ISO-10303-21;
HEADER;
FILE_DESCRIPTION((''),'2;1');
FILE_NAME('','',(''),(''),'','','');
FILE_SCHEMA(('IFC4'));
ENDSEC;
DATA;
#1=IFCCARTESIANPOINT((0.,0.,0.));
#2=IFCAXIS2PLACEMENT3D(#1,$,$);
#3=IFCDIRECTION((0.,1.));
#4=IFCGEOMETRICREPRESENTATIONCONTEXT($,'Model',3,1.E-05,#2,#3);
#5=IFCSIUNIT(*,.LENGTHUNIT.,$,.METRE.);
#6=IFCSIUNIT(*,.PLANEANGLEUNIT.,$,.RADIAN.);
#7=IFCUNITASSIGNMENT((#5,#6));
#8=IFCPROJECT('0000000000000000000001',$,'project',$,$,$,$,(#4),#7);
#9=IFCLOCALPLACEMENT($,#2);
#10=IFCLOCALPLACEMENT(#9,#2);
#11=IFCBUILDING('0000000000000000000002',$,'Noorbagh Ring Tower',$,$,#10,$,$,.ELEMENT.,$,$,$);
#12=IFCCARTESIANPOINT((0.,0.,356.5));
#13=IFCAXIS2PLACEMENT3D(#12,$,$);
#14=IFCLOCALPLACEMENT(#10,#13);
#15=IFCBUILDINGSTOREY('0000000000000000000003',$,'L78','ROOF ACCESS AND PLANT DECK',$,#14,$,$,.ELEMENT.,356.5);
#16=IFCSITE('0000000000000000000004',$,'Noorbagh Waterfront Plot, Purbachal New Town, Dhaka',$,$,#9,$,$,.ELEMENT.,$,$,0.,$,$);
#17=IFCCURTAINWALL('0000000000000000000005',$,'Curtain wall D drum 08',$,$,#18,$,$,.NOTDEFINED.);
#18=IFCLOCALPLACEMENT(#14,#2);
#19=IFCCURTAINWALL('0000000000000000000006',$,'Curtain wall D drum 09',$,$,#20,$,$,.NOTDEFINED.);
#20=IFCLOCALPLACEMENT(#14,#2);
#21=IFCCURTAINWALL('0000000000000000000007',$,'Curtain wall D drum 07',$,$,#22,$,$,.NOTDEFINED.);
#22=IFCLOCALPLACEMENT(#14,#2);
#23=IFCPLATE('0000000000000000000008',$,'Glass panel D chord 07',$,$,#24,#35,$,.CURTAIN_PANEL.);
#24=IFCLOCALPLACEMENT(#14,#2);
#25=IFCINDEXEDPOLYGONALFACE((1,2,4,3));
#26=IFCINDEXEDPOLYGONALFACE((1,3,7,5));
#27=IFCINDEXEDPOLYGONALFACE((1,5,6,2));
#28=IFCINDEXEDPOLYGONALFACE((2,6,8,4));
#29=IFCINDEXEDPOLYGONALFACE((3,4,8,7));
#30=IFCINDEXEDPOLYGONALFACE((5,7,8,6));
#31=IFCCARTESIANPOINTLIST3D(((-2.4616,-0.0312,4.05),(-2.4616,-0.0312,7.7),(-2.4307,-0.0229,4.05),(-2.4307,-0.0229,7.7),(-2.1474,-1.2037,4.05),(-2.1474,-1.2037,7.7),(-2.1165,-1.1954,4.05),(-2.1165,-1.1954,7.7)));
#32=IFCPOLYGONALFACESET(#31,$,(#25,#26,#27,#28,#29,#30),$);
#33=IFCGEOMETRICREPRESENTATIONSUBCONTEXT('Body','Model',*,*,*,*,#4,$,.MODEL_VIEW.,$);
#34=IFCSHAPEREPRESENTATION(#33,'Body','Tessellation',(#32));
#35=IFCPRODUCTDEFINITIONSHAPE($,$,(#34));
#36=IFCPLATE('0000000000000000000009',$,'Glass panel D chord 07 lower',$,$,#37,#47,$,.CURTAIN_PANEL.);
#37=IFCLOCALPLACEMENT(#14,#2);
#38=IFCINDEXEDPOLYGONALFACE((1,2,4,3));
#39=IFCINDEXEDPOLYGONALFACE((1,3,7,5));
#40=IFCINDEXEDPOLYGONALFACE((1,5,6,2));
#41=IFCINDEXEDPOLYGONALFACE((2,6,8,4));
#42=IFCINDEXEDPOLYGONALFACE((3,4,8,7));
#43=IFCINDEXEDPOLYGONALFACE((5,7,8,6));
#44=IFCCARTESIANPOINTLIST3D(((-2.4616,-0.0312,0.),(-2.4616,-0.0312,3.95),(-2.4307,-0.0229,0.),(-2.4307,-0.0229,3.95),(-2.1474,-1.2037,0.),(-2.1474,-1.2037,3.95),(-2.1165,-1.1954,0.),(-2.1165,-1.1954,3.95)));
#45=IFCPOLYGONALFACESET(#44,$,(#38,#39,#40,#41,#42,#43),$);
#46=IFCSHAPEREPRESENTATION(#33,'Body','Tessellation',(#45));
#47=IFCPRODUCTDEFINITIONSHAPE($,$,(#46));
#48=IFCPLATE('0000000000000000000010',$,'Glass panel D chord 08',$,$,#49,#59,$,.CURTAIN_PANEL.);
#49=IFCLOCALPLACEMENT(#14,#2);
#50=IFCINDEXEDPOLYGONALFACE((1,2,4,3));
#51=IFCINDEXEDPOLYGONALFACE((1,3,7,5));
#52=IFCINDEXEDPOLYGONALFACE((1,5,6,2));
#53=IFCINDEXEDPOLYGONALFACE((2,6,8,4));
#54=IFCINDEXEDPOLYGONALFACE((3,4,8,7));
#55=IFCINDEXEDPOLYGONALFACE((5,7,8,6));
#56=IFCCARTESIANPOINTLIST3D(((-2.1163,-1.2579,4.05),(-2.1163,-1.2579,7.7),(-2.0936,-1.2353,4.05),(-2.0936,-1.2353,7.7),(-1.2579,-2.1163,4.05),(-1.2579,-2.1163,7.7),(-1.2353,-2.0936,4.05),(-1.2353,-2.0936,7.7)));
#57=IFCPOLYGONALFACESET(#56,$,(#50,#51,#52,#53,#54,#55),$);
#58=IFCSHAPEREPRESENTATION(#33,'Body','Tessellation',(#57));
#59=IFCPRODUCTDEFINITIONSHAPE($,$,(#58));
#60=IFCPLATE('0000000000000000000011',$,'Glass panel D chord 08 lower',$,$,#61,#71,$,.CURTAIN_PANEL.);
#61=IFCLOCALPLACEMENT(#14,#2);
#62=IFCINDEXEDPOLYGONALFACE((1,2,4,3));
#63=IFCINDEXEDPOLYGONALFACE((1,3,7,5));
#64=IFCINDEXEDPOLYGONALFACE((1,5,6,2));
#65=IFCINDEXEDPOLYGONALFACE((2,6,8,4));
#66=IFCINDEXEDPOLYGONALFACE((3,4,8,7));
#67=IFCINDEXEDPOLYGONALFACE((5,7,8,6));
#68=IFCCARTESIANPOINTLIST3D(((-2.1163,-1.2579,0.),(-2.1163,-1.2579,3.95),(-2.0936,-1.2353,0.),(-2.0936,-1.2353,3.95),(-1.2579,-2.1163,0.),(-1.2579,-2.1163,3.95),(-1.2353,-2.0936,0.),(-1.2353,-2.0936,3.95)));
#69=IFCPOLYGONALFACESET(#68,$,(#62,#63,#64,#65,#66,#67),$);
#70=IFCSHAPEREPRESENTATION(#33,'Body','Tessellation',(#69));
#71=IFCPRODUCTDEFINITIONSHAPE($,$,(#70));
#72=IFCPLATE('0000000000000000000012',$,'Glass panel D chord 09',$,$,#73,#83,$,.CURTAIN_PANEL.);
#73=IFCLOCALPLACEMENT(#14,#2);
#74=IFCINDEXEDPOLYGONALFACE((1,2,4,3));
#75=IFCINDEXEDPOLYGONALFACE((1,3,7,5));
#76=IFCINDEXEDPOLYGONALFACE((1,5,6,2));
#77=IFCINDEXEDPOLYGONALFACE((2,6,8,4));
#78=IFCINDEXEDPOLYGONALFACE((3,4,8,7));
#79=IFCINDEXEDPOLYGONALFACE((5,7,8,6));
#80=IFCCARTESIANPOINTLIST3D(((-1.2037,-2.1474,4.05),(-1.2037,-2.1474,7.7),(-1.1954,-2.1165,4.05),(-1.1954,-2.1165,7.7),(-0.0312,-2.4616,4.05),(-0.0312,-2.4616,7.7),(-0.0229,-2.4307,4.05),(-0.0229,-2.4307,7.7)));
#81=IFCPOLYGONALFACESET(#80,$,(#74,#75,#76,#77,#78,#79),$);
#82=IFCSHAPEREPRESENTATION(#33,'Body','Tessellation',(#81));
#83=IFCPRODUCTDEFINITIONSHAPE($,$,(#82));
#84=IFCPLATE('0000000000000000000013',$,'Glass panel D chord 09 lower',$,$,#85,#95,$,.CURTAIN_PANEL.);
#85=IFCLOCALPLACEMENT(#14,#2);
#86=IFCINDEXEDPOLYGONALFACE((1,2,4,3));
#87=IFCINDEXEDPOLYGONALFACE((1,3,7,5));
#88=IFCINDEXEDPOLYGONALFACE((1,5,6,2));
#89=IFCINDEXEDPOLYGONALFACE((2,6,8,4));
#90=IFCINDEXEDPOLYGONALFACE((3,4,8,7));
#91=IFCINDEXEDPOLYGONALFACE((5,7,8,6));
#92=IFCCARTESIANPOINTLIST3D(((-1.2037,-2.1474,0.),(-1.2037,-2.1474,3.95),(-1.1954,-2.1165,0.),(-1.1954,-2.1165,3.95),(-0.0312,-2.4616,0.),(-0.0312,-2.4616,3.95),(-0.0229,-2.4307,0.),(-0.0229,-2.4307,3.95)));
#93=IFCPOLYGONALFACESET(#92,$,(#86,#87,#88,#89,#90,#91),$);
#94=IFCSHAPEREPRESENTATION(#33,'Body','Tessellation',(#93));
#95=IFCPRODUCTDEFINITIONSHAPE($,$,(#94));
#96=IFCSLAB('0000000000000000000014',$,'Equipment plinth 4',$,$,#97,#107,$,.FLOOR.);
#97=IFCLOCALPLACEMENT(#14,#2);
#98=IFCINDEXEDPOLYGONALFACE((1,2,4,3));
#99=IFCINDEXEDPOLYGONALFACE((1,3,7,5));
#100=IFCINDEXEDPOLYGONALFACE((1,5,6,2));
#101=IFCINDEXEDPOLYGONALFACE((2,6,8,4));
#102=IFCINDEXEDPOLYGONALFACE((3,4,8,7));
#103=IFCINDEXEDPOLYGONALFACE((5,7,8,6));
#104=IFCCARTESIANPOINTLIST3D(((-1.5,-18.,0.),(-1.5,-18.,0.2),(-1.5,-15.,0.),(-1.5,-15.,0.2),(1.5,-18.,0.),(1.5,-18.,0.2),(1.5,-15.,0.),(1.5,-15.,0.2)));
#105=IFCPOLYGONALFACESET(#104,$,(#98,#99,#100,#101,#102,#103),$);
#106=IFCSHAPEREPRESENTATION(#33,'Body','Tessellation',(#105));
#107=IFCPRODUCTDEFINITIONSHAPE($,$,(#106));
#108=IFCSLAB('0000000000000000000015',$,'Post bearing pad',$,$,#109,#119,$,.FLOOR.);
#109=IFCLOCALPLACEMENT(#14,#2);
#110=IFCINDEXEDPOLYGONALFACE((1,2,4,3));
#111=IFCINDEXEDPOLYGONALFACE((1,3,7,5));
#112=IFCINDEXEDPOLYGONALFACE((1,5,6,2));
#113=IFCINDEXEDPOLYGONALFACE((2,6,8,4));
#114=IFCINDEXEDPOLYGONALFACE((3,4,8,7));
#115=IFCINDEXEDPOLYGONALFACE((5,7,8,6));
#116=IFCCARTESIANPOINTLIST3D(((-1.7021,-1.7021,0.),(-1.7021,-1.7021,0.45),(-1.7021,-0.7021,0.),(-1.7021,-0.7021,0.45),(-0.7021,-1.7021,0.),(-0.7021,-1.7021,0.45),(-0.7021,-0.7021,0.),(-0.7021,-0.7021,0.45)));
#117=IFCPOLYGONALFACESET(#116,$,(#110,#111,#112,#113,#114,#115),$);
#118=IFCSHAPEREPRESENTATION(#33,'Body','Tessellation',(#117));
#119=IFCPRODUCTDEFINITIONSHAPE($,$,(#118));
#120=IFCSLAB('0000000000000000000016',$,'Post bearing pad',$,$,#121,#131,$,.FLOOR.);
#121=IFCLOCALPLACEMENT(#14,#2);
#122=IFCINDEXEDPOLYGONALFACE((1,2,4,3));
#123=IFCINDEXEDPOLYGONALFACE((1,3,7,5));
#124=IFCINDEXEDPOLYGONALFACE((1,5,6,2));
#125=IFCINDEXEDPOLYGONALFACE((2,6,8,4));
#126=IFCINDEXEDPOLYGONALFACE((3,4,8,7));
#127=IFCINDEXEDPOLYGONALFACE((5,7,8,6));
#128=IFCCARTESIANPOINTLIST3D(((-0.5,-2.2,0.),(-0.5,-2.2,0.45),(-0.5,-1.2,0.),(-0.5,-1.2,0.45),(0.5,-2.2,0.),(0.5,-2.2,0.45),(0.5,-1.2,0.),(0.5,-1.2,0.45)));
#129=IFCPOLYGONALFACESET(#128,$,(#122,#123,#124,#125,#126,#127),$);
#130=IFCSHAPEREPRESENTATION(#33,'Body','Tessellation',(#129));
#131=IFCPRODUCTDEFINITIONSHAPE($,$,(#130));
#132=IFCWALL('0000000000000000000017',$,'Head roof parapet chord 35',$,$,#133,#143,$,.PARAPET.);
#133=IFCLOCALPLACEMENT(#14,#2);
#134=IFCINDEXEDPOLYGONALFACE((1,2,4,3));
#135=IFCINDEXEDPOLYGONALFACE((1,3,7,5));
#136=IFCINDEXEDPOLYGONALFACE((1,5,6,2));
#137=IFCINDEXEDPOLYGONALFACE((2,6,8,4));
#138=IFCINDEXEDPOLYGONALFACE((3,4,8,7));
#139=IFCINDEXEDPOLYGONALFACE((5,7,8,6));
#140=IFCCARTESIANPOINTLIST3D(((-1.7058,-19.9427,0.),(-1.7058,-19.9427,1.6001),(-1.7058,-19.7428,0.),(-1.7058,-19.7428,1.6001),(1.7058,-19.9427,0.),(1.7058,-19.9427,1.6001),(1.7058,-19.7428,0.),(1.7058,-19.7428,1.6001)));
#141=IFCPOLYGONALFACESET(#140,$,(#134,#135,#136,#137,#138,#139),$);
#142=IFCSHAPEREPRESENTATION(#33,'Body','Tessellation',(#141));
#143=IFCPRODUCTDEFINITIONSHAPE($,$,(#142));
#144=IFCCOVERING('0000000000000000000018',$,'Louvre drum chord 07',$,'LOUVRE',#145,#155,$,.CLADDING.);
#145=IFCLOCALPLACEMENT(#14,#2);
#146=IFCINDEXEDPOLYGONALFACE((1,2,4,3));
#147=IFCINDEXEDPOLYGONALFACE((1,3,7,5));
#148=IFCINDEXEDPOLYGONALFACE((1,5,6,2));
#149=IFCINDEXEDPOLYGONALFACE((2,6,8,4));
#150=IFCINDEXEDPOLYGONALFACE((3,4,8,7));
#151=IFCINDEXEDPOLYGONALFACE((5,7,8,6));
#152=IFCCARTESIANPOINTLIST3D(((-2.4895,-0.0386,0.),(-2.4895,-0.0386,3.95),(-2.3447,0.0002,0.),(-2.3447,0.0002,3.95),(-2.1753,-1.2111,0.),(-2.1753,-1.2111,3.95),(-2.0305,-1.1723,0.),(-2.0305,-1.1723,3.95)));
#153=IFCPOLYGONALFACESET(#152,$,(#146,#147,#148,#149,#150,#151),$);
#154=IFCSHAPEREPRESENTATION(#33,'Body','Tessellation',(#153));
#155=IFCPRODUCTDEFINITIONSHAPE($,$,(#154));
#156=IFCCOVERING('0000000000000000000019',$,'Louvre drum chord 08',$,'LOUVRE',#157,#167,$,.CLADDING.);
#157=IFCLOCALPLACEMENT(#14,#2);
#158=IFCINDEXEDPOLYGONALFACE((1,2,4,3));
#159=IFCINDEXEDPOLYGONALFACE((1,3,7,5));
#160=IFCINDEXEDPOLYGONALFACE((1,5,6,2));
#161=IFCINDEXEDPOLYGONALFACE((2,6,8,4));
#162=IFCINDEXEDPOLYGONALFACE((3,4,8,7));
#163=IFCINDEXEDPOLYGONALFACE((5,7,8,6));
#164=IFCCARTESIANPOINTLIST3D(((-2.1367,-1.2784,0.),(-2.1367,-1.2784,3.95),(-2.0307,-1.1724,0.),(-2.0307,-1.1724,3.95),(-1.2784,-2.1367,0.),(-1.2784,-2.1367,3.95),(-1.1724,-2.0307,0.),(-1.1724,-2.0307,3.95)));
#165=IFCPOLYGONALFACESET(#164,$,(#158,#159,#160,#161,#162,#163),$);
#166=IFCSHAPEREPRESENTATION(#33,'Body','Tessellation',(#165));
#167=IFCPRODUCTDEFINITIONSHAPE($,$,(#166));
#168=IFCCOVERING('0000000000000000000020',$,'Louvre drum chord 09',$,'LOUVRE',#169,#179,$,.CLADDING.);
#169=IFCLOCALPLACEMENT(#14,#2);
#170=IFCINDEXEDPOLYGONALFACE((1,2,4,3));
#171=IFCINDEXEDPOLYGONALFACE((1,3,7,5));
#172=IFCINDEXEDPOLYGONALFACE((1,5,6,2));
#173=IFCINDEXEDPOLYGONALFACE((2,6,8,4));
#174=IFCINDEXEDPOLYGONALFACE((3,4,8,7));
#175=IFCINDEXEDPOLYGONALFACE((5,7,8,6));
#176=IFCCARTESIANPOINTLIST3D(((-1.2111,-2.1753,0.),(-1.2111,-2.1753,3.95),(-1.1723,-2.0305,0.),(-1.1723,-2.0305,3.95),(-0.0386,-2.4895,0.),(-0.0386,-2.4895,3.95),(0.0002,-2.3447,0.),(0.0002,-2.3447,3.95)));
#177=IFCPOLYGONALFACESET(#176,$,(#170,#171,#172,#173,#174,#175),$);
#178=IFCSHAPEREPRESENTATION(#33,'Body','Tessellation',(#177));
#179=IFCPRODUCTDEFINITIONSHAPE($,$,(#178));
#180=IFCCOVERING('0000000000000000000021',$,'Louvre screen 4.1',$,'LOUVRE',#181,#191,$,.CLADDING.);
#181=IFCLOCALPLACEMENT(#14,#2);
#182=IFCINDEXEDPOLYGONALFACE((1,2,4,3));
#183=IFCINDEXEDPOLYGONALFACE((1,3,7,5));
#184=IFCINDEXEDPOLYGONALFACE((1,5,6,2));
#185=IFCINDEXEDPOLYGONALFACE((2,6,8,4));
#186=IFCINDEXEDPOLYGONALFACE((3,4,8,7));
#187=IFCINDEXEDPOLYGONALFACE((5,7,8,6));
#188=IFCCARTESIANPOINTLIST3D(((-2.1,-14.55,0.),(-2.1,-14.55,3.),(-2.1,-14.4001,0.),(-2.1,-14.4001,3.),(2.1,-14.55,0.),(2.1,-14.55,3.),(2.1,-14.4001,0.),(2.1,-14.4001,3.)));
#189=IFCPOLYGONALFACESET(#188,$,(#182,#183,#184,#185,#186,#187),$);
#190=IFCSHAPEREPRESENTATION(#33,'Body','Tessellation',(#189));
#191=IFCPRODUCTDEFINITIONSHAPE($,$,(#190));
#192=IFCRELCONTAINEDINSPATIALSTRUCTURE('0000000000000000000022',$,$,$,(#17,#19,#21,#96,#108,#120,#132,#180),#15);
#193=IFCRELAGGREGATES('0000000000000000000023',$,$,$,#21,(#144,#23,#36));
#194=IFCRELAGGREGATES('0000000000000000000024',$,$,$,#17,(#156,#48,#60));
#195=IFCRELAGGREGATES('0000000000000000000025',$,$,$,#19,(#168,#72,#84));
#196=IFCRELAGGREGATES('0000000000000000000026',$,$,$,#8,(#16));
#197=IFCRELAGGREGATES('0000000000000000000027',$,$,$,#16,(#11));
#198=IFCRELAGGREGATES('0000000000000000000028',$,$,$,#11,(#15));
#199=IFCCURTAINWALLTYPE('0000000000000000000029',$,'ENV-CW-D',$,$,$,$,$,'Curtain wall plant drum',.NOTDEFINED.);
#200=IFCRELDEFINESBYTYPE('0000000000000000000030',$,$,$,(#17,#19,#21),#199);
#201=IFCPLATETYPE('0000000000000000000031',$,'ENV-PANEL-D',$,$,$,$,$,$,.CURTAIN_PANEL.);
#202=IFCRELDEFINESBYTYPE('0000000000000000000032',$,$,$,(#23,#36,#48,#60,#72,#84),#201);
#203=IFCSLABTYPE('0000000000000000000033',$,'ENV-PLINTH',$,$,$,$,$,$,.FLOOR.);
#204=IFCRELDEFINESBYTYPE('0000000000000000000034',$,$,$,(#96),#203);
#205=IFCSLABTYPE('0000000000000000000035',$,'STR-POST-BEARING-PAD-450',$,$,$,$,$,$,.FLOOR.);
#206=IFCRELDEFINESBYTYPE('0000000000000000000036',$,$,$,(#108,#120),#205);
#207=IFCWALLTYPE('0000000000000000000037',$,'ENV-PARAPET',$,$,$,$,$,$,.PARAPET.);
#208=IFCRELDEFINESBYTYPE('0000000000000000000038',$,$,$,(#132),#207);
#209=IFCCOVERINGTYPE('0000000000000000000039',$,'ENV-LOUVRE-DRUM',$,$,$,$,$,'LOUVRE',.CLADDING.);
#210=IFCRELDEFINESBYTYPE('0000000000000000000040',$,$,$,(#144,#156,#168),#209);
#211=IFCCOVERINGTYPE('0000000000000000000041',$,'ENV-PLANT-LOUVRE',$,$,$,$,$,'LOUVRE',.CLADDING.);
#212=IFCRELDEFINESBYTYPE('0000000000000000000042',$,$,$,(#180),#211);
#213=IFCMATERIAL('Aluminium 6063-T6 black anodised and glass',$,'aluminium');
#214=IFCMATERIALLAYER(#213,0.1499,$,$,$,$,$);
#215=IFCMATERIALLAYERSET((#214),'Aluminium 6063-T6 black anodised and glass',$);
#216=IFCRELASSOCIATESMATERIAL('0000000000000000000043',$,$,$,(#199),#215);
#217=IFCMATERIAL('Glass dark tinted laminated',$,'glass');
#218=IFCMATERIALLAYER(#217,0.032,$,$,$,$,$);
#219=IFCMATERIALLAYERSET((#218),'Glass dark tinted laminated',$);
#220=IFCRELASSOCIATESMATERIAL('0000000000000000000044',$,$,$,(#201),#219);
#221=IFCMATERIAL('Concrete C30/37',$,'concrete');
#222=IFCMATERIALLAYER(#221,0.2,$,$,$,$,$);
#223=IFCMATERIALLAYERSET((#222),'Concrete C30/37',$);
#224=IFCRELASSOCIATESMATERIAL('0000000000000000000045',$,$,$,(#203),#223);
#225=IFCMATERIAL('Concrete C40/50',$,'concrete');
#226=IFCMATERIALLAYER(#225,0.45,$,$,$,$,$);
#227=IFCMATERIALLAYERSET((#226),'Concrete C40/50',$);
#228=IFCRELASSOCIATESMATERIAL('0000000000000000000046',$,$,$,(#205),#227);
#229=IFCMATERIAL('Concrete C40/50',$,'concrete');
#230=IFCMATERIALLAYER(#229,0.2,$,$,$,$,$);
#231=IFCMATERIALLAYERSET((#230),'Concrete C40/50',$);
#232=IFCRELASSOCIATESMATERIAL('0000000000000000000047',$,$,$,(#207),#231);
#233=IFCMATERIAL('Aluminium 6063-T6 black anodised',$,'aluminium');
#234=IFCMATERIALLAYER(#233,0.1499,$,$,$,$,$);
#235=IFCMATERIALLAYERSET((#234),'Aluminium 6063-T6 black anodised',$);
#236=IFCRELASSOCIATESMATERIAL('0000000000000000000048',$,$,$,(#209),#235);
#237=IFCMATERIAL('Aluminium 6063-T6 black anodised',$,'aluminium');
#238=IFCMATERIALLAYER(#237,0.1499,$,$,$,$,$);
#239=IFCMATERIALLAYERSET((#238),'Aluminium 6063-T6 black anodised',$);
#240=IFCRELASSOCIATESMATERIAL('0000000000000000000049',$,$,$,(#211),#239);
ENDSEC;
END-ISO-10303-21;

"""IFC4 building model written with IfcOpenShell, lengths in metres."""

from ifc_helpers import new_model, si_unit, direction, frame, frame_2d, origin, origin_2d, place, context, subcontext, project, spatial, rectangle, extrude, material, layer, layer_set, type_object, element, aggregate, save


model = new_model("IFC4")

# Units and contexts
model_context = context("Model", 3, precision=1e-05, world=origin(), true_north=direction((0.0, 1.0)))
body_context = subcontext(model_context, "Body", "Model", "MODEL_VIEW")
ifc_project = project(units=[si_unit("LENGTHUNIT", "METRE"), si_unit("PLANEANGLEUNIT", "RADIAN")], contexts=[model_context])

# Site, building, storey
site_placement = place(None, origin())
site = spatial("IfcSite", under=ifc_project, at=site_placement, Name="Noorbagh Waterfront Plot, Purbachal New Town, Dhaka", CompositionType="ELEMENT", RefElevation=0.0)
building_placement = place(site_placement, origin())
building = spatial("IfcBuilding", under=site, at=building_placement, Name="Noorbagh Ring Tower", CompositionType="ELEMENT")
storey_placement = place(building_placement, frame((0.0, 0.0, 356.5)))
storey = spatial("IfcBuildingStorey", under=building, at=storey_placement, Name="L78", Description="ROOF ACCESS AND PLANT DECK", CompositionType="ELEMENT", Elevation=356.5)

# Curtain walls
ifc_material_1 = material(Name="Aluminium 6063-T6 black anodised and glass", Category="aluminium")
ifc_layer_1 = layer(ifc_material_1, 0.1499)
ifc_layer_set_1 = layer_set([ifc_layer_1], Name="Aluminium 6063-T6 black anodised and glass")
curtain_wall_type = type_object("IfcCurtainWallType", Name="ENV-CW-D", ElementType="Curtain wall plant drum", PredefinedType="NOTDEFINED", material=ifc_layer_set_1)
curtain_wall_1_placement = place(storey_placement, origin())
curtain_wall_1 = element("IfcCurtainWall", 1, at=curtain_wall_1_placement, inside=storey, type_object=curtain_wall_type, Name="Curtain wall D drum 08", PredefinedType="NOTDEFINED")
curtain_wall_2_placement = place(storey_placement, origin())
curtain_wall_2 = element("IfcCurtainWall", 2, at=curtain_wall_2_placement, inside=storey, type_object=curtain_wall_type, Name="Curtain wall D drum 09", PredefinedType="NOTDEFINED")

# Shared definitions
placement = place(building_placement, frame((0.0, 0.0, 360.1499)))

# Curtain wall, plates
curtain_wall_3_placement = place(storey_placement, origin())
curtain_wall_3 = element("IfcCurtainWall", 3, at=curtain_wall_3_placement, inside=storey, type_object=curtain_wall_type, Name="Curtain wall D drum 07", PredefinedType="NOTDEFINED")
ifc_material_2 = material(Name="Glass dark tinted laminated", Category="glass")
ifc_layer_2 = layer(ifc_material_2, 0.032)
ifc_layer_set_2 = layer_set([ifc_layer_2], Name="Glass dark tinted laminated")
plate_type = type_object("IfcPlateType", Name="ENV-PANEL-D", PredefinedType="CURTAIN_PANEL", material=ifc_layer_set_2)
plate_1_placement = place(placement, frame((-2.2891, -0.6133, 0.4001), z_axis=(0.0, 0.0, 1.0), x_axis=(0.258819, -0.965926, 0.0)))
plate_1 = element("IfcPlate", 4, at=plate_1_placement, type_object=plate_type, Name="Glass panel D chord 07", PredefinedType="CURTAIN_PANEL", context=body_context, shape_type="SweptSolid", body=[
    extrude(rectangle(XDim=1.2139, YDim=0.032, at=origin_2d()), origin(), (0.0, 0.0, 1.0), 3.6499),
])
plate_2_placement = place(storey_placement, frame((-2.2891, -0.6133, 0.0), z_axis=(0.0, 0.0, 1.0), x_axis=(0.258819, -0.965926, 0.0)))
plate_2 = element("IfcPlate", 5, at=plate_2_placement, type_object=plate_type, Name="Glass panel D chord 07 lower", PredefinedType="CURTAIN_PANEL", context=body_context, shape_type="SweptSolid", body=[
    extrude(rectangle(XDim=1.2139, YDim=0.032, at=origin_2d()), origin(), (0.0, 0.0, 1.0), 3.95),
])

# Plates
plate_3_placement = place(placement, frame((-1.6758, -1.6758, 0.4001), z_axis=(0.0, 0.0, 1.0), x_axis=(0.707107, -0.707107, 0.0)))
plate_3 = element("IfcPlate", 6, at=plate_3_placement, type_object=plate_type, Name="Glass panel D chord 08", PredefinedType="CURTAIN_PANEL", context=body_context, shape_type="SweptSolid", body=[
    extrude(rectangle(XDim=1.2139, YDim=0.032, at=origin_2d()), origin(), (0.0, 0.0, 1.0), 3.6499),
])
plate_4_placement = place(storey_placement, frame((-1.6758, -1.6758, 0.0), z_axis=(0.0, 0.0, 1.0), x_axis=(0.707107, -0.707107, 0.0)))
plate_4 = element("IfcPlate", 7, at=plate_4_placement, type_object=plate_type, Name="Glass panel D chord 08 lower", PredefinedType="CURTAIN_PANEL", context=body_context, shape_type="SweptSolid", body=[
    extrude(rectangle(XDim=1.2139, YDim=0.032, at=origin_2d()), origin(), (0.0, 0.0, 1.0), 3.95),
])
plate_5_placement = place(placement, frame((-0.6133, -2.2891, 0.4001), z_axis=(0.0, 0.0, 1.0), x_axis=(0.965926, -0.258819, 0.0)))
plate_5 = element("IfcPlate", 8, at=plate_5_placement, type_object=plate_type, Name="Glass panel D chord 09", PredefinedType="CURTAIN_PANEL", context=body_context, shape_type="SweptSolid", body=[
    extrude(rectangle(XDim=1.2139, YDim=0.032, at=origin_2d()), origin(), (0.0, 0.0, 1.0), 3.6499),
])
plate_6_placement = place(storey_placement, frame((-0.6133, -2.2891, 0.0), z_axis=(0.0, 0.0, 1.0), x_axis=(0.965926, -0.258819, 0.0)))
plate_6 = element("IfcPlate", 9, at=plate_6_placement, type_object=plate_type, Name="Glass panel D chord 09 lower", PredefinedType="CURTAIN_PANEL", context=body_context, shape_type="SweptSolid", body=[
    extrude(rectangle(XDim=1.2139, YDim=0.032, at=origin_2d()), origin(), (0.0, 0.0, 1.0), 3.95),
])

# Slabs
ifc_material_3 = material(Name="Concrete C30/37", Category="concrete")
ifc_layer_3 = layer(ifc_material_3, 0.2)
ifc_layer_set_3 = layer_set([ifc_layer_3], Name="Concrete C30/37")
slab_type_1 = type_object("IfcSlabType", Name="ENV-PLINTH", PredefinedType="FLOOR", material=ifc_layer_set_3)
slab_placement = place(storey_placement, frame((0.0, -16.5, 0.0), z_axis=(0.0, 0.0, 1.0), x_axis=(1.0, 0.0, 0.0)))
element("IfcSlab", 10, at=slab_placement, inside=storey, type_object=slab_type_1, Name="Equipment plinth 4", PredefinedType="FLOOR", context=body_context, shape_type="SweptSolid", body=[
    extrude(rectangle(XDim=3.0, YDim=3.0, at=origin_2d()), origin(), (0.0, 0.0, 1.0), 0.2),
])
ifc_material_4 = material(Name="Concrete C40/50", Category="concrete")
ifc_layer_4 = layer(ifc_material_4, 0.45)
ifc_layer_set_4 = layer_set([ifc_layer_4], Name="Concrete C40/50")
slab_type_2 = type_object("IfcSlabType", Name="STR-POST-BEARING-PAD-450", PredefinedType="FLOOR", material=ifc_layer_set_4)
for number, where, z_axis, x_axis, name in (
    (11, (-1.2021, -1.2021, 0.0), (0.0, 0.0, 1.0), (1.0, 0.0, 0.0), "Post bearing pad"),
    (12, (0.0, -1.7, 0.0), (0.0, 0.0, 1.0), (1.0, 0.0, 0.0), "Post bearing pad"),
):
    element("IfcSlab", number, at=place(storey_placement, frame(where, z_axis=z_axis, x_axis=x_axis)), inside=storey, type_object=slab_type_2, Name=name, PredefinedType="FLOOR", context=body_context, shape_type="SweptSolid", body=[
        extrude(rectangle(XDim=1.0, YDim=1.0, at=origin_2d()), origin(), (0.0, 0.0, 1.0), 0.45),
    ])

# Wall
ifc_material_5 = material(Name="Concrete C40/50", Category="concrete")
ifc_layer_5 = layer(ifc_material_5, 0.2)
ifc_layer_set_5 = layer_set([ifc_layer_5], Name="Concrete C40/50")
wall_type = type_object("IfcWallType", Name="ENV-PARAPET", PredefinedType="PARAPET", material=ifc_layer_set_5)
wall_placement = place(storey_placement, frame((-1.7058, -19.8428, 0.0), z_axis=(0.0, 0.0, 1.0), x_axis=(1.0, 0.0, 0.0)))
element("IfcWall", 13, at=wall_placement, inside=storey, type_object=wall_type, Name="Head roof parapet chord 35", PredefinedType="PARAPET", context=body_context, shape_type="SweptSolid", body=[
    extrude(rectangle(XDim=3.4116, YDim=0.2, at=frame_2d((1.7058, 0.0))), origin(), (0.0, 0.0, 1.0), 1.6001),
])

# Coverings
ifc_material_6 = material(Name="Aluminium 6063-T6 black anodised", Category="aluminium")
ifc_layer_6 = layer(ifc_material_6, 0.1499)
ifc_layer_set_6 = layer_set([ifc_layer_6], Name="Aluminium 6063-T6 black anodised")
covering_type_1 = type_object("IfcCoveringType", Name="ENV-LOUVRE-DRUM", ElementType="LOUVRE", PredefinedType="CLADDING", material=ifc_layer_set_6)
covering_1_placement = place(storey_placement, frame((-2.26, -0.6055, 0.0), z_axis=(0.0, 0.0, 1.0), x_axis=(0.258819, -0.965926, 0.0)))
covering_1 = element("IfcCovering", 14, at=covering_1_placement, type_object=covering_type_1, Name="Louvre drum chord 07", ObjectType="LOUVRE", PredefinedType="CLADDING", context=body_context, shape_type="SweptSolid", body=[
    extrude(rectangle(XDim=1.2139, YDim=0.1499, at=origin_2d()), origin(), (0.0, 0.0, 1.0), 3.95),
])
aggregate(curtain_wall_3, [covering_1, plate_1, plate_2])
covering_2_placement = place(storey_placement, frame((-1.6545, -1.6545, 0.0), z_axis=(0.0, 0.0, 1.0), x_axis=(0.707107, -0.707107, 0.0)))
covering_2 = element("IfcCovering", 15, at=covering_2_placement, type_object=covering_type_1, Name="Louvre drum chord 08", ObjectType="LOUVRE", PredefinedType="CLADDING", context=body_context, shape_type="SweptSolid", body=[
    extrude(rectangle(XDim=1.2139, YDim=0.1499, at=origin_2d()), origin(), (0.0, 0.0, 1.0), 3.95),
])
aggregate(curtain_wall_1, [covering_2, plate_3, plate_4])
covering_3_placement = place(storey_placement, frame((-0.6055, -2.26, 0.0), z_axis=(0.0, 0.0, 1.0), x_axis=(0.965926, -0.258819, 0.0)))
covering_3 = element("IfcCovering", 16, at=covering_3_placement, type_object=covering_type_1, Name="Louvre drum chord 09", ObjectType="LOUVRE", PredefinedType="CLADDING", context=body_context, shape_type="SweptSolid", body=[
    extrude(rectangle(XDim=1.2139, YDim=0.1499, at=origin_2d()), origin(), (0.0, 0.0, 1.0), 3.95),
])
aggregate(curtain_wall_2, [covering_3, plate_5, plate_6])

# Covering
ifc_material_7 = material(Name="Aluminium 6063-T6 black anodised", Category="aluminium")
ifc_layer_7 = layer(ifc_material_7, 0.1499)
ifc_layer_set_7 = layer_set([ifc_layer_7], Name="Aluminium 6063-T6 black anodised")
covering_type_2 = type_object("IfcCoveringType", Name="ENV-PLANT-LOUVRE", ElementType="LOUVRE", PredefinedType="CLADDING", material=ifc_layer_set_7)
covering_4_placement = place(storey_placement, frame((0.0, -14.4751, 0.0), z_axis=(0.0, 0.0, 1.0), x_axis=(1.0, 0.0, 0.0)))
element("IfcCovering", 17, at=covering_4_placement, inside=storey, type_object=covering_type_2, Name="Louvre screen 4.1", ObjectType="LOUVRE", PredefinedType="CLADDING", context=body_context, shape_type="SweptSolid", body=[
    extrude(rectangle(XDim=4.2, YDim=0.1499, at=origin_2d()), origin(), (0.0, 0.0, 1.0), 3.0),
])

save(model, "model.ifc")
